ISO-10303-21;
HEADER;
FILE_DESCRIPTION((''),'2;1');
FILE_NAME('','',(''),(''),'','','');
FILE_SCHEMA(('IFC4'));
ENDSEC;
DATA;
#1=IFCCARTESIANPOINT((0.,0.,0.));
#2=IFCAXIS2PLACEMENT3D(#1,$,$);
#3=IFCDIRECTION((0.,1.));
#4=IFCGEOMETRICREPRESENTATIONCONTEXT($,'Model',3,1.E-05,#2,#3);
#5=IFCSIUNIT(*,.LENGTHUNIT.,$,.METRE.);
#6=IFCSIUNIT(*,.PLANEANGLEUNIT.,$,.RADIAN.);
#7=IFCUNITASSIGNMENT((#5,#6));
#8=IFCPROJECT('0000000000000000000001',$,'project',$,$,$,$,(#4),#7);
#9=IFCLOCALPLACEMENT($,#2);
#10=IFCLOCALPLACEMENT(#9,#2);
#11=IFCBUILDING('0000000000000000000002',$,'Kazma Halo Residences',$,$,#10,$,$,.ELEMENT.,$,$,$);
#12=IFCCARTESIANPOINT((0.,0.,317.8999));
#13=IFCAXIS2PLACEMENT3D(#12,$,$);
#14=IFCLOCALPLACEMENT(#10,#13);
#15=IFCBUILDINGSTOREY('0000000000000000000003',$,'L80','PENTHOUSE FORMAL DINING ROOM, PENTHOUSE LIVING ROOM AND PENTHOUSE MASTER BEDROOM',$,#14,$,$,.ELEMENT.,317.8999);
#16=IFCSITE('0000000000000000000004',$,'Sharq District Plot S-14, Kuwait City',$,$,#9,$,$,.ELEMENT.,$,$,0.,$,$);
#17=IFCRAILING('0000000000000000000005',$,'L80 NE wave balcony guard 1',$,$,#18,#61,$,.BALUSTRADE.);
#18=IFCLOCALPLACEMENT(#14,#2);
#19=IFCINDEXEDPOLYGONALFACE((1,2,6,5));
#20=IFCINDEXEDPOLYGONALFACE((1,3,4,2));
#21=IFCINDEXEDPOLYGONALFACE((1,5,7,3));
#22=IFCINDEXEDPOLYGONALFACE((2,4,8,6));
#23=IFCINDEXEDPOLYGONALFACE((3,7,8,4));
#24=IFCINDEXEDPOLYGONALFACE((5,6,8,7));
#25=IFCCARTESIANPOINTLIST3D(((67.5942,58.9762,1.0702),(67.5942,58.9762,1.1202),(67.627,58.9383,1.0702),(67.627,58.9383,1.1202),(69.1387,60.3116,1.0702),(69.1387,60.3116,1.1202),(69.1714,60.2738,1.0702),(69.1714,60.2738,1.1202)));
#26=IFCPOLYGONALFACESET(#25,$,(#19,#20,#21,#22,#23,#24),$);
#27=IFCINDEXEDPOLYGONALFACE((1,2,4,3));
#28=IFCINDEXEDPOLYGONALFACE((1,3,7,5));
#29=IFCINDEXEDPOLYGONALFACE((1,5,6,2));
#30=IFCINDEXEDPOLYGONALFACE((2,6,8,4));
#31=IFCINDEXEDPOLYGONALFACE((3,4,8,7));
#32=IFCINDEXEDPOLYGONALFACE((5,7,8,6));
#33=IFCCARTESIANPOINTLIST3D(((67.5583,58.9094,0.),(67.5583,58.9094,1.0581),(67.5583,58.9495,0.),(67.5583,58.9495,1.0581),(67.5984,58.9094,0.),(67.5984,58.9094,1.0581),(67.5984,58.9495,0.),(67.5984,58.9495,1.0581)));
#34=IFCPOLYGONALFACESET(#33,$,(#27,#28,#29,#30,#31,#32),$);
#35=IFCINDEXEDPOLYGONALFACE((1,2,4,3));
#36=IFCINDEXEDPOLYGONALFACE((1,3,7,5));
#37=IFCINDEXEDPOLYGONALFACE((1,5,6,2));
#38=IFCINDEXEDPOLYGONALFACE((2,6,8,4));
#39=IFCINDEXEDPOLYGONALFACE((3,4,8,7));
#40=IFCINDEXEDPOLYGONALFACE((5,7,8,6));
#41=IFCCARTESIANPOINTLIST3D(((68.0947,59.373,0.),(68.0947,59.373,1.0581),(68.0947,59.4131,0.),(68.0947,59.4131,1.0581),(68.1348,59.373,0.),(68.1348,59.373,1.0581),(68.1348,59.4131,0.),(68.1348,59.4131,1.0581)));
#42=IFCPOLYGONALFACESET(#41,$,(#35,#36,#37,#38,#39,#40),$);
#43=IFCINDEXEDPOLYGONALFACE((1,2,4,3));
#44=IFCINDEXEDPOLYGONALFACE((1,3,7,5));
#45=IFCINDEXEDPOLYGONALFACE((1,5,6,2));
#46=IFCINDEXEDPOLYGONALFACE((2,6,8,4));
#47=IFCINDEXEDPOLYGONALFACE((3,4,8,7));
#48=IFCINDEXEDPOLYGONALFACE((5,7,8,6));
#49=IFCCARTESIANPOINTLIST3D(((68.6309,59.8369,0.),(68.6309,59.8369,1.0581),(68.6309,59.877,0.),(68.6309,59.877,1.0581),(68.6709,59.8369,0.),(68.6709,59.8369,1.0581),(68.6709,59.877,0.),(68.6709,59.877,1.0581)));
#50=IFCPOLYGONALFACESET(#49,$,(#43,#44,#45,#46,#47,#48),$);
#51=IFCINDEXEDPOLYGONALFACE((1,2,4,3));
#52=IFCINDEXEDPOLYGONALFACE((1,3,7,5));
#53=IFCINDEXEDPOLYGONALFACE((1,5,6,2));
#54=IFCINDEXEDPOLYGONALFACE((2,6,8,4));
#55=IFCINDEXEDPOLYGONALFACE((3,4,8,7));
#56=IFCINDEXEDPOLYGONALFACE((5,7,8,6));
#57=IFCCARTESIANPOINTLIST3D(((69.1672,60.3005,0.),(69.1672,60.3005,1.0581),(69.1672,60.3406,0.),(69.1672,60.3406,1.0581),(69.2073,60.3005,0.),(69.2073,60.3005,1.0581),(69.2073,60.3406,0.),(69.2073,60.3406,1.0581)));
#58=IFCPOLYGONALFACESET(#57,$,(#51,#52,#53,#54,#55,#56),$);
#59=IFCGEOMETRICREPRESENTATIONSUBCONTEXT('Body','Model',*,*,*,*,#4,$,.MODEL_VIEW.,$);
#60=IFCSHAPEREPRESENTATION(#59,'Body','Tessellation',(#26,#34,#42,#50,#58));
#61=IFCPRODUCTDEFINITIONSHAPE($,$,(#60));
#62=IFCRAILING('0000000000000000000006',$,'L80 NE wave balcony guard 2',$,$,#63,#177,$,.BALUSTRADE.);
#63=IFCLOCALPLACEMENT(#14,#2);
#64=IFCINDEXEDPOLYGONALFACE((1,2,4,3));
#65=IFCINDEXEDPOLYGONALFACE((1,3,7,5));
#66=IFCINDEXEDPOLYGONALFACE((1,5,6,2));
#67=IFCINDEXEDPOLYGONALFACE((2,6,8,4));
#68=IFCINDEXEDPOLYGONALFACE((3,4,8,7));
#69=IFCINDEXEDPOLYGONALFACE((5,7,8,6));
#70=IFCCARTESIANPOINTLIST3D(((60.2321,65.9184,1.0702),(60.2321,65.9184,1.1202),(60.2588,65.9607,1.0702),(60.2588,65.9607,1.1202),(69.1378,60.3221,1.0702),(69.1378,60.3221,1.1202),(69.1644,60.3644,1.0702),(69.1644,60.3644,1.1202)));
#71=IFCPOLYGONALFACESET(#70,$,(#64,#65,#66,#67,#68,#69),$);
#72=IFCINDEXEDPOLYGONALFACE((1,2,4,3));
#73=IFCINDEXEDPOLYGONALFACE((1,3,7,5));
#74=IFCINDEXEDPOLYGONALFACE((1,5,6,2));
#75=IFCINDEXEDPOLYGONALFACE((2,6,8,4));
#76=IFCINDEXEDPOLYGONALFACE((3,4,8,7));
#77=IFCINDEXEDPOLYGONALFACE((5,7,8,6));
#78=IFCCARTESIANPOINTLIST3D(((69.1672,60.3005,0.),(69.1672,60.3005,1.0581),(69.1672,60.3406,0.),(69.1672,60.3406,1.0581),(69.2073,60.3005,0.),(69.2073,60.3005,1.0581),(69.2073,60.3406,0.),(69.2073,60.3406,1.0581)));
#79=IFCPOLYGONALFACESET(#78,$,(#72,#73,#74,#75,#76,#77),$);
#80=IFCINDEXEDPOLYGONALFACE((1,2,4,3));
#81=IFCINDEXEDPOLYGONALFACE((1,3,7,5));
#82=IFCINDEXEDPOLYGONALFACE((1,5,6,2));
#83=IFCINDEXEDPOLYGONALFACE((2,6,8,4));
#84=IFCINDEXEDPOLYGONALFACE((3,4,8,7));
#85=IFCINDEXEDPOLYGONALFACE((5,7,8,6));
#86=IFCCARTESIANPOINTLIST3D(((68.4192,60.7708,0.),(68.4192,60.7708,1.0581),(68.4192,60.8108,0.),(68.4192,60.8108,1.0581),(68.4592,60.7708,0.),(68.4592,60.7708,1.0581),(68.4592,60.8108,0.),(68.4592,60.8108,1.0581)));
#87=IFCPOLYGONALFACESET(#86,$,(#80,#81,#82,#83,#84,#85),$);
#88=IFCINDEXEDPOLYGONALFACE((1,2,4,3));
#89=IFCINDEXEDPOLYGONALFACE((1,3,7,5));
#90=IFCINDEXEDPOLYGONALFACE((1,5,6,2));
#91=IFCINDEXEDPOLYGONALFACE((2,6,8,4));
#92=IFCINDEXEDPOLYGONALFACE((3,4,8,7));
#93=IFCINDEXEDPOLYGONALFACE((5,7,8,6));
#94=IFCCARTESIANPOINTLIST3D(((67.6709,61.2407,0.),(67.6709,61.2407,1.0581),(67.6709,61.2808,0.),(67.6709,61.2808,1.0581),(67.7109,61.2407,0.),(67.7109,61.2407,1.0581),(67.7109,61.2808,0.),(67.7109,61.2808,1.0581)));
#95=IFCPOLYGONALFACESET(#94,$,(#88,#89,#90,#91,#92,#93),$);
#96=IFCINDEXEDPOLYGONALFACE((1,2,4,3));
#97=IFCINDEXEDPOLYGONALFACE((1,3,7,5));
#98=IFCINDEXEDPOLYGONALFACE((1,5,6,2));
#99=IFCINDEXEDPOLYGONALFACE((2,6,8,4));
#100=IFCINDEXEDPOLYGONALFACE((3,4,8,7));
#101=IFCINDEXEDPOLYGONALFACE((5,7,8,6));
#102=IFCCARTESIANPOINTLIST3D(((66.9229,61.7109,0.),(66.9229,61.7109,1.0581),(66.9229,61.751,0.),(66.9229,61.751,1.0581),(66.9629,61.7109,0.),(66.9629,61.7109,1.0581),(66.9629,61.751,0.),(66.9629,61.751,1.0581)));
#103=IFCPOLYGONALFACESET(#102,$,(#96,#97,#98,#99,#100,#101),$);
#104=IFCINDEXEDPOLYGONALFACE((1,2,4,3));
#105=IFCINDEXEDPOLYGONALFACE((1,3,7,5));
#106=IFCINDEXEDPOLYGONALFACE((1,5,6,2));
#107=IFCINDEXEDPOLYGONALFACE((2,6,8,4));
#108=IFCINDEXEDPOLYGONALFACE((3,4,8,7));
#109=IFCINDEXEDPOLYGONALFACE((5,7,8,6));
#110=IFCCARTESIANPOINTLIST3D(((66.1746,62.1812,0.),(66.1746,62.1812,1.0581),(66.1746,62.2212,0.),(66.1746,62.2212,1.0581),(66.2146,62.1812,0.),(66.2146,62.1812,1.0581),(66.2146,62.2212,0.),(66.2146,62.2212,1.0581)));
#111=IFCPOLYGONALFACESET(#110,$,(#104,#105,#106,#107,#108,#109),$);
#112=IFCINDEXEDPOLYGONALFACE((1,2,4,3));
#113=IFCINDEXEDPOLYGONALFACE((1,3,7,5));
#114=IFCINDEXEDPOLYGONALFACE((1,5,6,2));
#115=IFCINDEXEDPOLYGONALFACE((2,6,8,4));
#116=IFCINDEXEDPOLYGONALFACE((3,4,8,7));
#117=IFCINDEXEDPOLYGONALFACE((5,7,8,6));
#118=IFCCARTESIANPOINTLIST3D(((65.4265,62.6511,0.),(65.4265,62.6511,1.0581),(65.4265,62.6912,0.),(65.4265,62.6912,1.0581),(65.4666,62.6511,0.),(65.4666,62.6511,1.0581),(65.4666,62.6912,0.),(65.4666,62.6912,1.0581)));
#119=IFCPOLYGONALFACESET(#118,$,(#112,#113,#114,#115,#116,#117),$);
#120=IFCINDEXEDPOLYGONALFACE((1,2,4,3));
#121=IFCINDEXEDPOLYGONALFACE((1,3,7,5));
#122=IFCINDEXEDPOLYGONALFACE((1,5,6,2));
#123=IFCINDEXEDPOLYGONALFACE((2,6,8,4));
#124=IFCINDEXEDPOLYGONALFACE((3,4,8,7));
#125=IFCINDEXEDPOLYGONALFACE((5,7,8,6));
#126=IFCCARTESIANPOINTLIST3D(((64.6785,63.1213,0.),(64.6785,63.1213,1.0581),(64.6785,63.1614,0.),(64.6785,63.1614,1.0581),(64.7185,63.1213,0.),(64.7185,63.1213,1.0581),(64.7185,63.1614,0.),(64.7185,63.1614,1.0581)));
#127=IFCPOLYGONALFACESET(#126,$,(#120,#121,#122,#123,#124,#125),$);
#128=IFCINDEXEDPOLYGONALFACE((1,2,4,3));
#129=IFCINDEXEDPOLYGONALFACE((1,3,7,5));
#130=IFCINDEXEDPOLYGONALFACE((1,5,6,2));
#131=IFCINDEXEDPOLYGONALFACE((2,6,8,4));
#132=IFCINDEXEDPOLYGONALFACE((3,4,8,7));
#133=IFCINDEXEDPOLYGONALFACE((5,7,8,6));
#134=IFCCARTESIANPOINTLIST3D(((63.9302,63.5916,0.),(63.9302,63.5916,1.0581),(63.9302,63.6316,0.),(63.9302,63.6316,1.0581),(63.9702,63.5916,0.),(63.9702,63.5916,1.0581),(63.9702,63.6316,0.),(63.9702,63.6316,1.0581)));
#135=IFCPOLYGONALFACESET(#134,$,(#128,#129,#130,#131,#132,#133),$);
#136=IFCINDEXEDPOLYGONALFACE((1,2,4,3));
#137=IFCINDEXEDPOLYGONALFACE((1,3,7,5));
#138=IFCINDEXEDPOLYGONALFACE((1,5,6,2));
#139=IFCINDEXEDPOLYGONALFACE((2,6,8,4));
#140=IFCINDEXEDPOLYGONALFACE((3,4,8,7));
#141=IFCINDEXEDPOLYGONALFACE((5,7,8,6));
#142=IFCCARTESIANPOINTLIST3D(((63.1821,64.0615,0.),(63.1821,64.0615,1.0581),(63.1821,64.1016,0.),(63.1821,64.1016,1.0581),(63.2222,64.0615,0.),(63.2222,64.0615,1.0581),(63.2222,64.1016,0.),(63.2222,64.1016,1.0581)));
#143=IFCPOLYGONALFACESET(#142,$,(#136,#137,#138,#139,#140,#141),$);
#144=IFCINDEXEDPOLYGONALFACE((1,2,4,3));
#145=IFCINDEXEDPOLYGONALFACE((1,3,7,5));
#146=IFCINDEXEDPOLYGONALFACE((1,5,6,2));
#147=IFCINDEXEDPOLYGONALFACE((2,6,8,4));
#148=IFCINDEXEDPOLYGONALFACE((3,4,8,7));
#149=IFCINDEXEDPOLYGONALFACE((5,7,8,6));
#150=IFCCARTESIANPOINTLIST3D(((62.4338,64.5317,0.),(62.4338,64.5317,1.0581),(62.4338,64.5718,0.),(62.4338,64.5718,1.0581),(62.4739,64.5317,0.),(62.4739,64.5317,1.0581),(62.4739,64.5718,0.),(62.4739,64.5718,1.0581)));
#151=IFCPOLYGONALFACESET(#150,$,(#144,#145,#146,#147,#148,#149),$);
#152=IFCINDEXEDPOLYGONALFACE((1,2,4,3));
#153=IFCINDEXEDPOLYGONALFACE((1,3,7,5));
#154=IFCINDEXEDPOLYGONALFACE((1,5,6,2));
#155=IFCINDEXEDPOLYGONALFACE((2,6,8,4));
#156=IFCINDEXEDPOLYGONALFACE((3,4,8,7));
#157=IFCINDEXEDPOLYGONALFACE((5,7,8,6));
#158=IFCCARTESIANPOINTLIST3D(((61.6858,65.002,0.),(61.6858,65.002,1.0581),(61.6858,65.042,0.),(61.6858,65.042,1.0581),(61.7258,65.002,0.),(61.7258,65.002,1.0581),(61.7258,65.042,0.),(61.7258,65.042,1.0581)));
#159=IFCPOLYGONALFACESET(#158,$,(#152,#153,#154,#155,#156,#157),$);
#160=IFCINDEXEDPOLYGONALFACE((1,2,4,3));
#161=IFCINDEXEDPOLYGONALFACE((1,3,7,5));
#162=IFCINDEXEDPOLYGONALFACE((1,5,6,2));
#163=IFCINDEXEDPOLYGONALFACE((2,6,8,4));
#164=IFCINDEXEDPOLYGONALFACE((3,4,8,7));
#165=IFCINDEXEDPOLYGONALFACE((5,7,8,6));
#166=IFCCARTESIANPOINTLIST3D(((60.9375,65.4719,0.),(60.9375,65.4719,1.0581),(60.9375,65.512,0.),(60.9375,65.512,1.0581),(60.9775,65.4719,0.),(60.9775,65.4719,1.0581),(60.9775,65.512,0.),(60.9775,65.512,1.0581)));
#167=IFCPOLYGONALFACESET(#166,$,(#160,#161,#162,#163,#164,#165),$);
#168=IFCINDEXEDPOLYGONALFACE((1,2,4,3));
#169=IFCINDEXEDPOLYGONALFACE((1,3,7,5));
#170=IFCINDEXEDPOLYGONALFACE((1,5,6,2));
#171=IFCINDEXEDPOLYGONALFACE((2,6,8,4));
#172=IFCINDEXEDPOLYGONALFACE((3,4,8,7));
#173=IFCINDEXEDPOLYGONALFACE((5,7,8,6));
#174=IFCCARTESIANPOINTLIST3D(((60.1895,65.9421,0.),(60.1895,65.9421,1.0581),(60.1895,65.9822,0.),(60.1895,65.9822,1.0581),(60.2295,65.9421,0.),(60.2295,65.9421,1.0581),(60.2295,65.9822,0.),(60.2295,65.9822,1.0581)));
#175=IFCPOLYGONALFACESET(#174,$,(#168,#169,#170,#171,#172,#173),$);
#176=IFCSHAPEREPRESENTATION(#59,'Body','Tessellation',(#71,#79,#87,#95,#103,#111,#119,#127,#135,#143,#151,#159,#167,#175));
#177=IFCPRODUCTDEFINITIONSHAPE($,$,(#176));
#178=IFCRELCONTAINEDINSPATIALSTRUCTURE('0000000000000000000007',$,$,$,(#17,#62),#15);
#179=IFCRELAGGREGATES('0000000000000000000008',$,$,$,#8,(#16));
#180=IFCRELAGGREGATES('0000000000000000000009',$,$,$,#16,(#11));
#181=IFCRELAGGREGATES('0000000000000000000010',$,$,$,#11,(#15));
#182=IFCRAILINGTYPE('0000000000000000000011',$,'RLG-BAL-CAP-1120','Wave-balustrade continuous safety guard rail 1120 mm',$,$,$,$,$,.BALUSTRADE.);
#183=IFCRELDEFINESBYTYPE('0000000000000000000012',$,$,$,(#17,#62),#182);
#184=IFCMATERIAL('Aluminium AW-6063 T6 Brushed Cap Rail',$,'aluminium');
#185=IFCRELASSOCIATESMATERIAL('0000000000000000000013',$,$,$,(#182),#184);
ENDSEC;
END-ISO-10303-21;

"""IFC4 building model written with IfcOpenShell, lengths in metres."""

from ifc_helpers import new_model, si_unit, direction, frame, origin, origin_2d, place, context, subcontext, project, spatial, rectangle, extrude, material, type_object, element, save


model = new_model("IFC4")

# Units and contexts
model_context = context("Model", 3, precision=1e-05, world=origin(), true_north=direction((0.0, 1.0)))
body_context = subcontext(model_context, "Body", "Model", "MODEL_VIEW")
ifc_project = project(units=[si_unit("LENGTHUNIT", "METRE"), si_unit("PLANEANGLEUNIT", "RADIAN")], contexts=[model_context])

# Site, building, storey
site_placement = place(None, origin())
site = spatial("IfcSite", under=ifc_project, at=site_placement, Name="Sharq District Plot S-14, Kuwait City", CompositionType="ELEMENT", RefElevation=0.0)
building_placement = place(site_placement, origin())
building = spatial("IfcBuilding", under=site, at=building_placement, Name="Kazma Halo Residences", CompositionType="ELEMENT")
storey_placement = place(building_placement, frame((0.0, 0.0, 317.8999)))
storey = spatial("IfcBuildingStorey", under=building, at=storey_placement, Name="L80", Description="PENTHOUSE FORMAL DINING ROOM, PENTHOUSE LIVING ROOM AND PENTHOUSE MASTER BEDROOM", CompositionType="ELEMENT", Elevation=317.8999)

# Railings
ifc_material_1 = material(Name="Aluminium AW-6063 T6 Brushed Cap Rail", Category="aluminium")
railing_type = type_object("IfcRailingType", Name="RLG-BAL-CAP-1120", Description="Wave-balustrade continuous safety guard rail 1120 mm", PredefinedType="BALUSTRADE", material=ifc_material_1)
railing_1_placement = place(storey_placement, frame((67.5784, 58.9294, 0.0)))
element("IfcRailing", 1, at=railing_1_placement, inside=storey, type_object=railing_type, Name="L80 NE wave balcony guard 1", PredefinedType="BALUSTRADE", context=body_context, shape_type="SweptSolid", body=[
    extrude(rectangle(XDim=0.05, YDim=0.05, at=origin_2d()), frame((0.0322, 0.0278, 1.0952), z_axis=(0.756446, 0.654056, 0.0), x_axis=(-0.654056, 0.756446, 0.0)), (0.0, 0.0, 1.0), 2.0417),
    extrude(rectangle(XDim=0.04, YDim=0.04, at=origin_2d()), origin(), (0.0, 0.0, 1.0), 1.0581),
    extrude(rectangle(XDim=0.04, YDim=0.04, at=origin_2d()), frame((0.5364, 0.4636, 0.0)), (0.0, 0.0, 1.0), 1.0581),
    extrude(rectangle(XDim=0.04, YDim=0.04, at=origin_2d()), frame((1.0725, 0.9275, 0.0)), (0.0, 0.0, 1.0), 1.0581),
    extrude(rectangle(XDim=0.04, YDim=0.04, at=origin_2d()), frame((1.6089, 1.3911, 0.0)), (0.0, 0.0, 1.0), 1.0581),
])
railing_2_placement = place(storey_placement, frame((69.1873, 60.3206, 0.0)))
element("IfcRailing", 2, at=railing_2_placement, inside=storey, type_object=railing_type, Name="L80 NE wave balcony guard 2", PredefinedType="BALUSTRADE", context=body_context, shape_type="SweptSolid", body=[
    extrude(rectangle(XDim=0.05, YDim=0.05, at=origin_2d()), frame((-0.0361, 0.0227, 1.0952), z_axis=(-0.846704, 0.532065, 0.0), x_axis=(-0.532065, -0.846704, 0.0)), (0.0, 0.0, 1.0), 10.5181),
    extrude(rectangle(XDim=0.04, YDim=0.04, at=origin_2d()), origin(), (0.0, 0.0, 1.0), 1.0581),
    extrude(rectangle(XDim=0.04, YDim=0.04, at=origin_2d()), frame((-0.748, 0.4702, 0.0)), (0.0, 0.0, 1.0), 1.0581),
    extrude(rectangle(XDim=0.04, YDim=0.04, at=origin_2d()), frame((-1.4963, 0.9402, 0.0)), (0.0, 0.0, 1.0), 1.0581),
    extrude(rectangle(XDim=0.04, YDim=0.04, at=origin_2d()), frame((-2.2444, 1.4104, 0.0)), (0.0, 0.0, 1.0), 1.0581),
    extrude(rectangle(XDim=0.04, YDim=0.04, at=origin_2d()), frame((-2.9927, 1.8806, 0.0)), (0.0, 0.0, 1.0), 1.0581),
    extrude(rectangle(XDim=0.04, YDim=0.04, at=origin_2d()), frame((-3.7407, 2.3506, 0.0)), (0.0, 0.0, 1.0), 1.0581),
    extrude(rectangle(XDim=0.04, YDim=0.04, at=origin_2d()), frame((-4.4888, 2.8208, 0.0)), (0.0, 0.0, 1.0), 1.0581),
    extrude(rectangle(XDim=0.04, YDim=0.04, at=origin_2d()), frame((-5.2371, 3.291, 0.0)), (0.0, 0.0, 1.0), 1.0581),
    extrude(rectangle(XDim=0.04, YDim=0.04, at=origin_2d()), frame((-5.9851, 3.761, 0.0)), (0.0, 0.0, 1.0), 1.0581),
    extrude(rectangle(XDim=0.04, YDim=0.04, at=origin_2d()), frame((-6.7334, 4.2312, 0.0)), (0.0, 0.0, 1.0), 1.0581),
    extrude(rectangle(XDim=0.04, YDim=0.04, at=origin_2d()), frame((-7.4814, 4.7014, 0.0)), (0.0, 0.0, 1.0), 1.0581),
    extrude(rectangle(XDim=0.04, YDim=0.04, at=origin_2d()), frame((-8.2297, 5.1714, 0.0)), (0.0, 0.0, 1.0), 1.0581),
    extrude(rectangle(XDim=0.04, YDim=0.04, at=origin_2d()), frame((-8.9778, 5.6416, 0.0)), (0.0, 0.0, 1.0), 1.0581),
])

save(model, "model.ifc")
